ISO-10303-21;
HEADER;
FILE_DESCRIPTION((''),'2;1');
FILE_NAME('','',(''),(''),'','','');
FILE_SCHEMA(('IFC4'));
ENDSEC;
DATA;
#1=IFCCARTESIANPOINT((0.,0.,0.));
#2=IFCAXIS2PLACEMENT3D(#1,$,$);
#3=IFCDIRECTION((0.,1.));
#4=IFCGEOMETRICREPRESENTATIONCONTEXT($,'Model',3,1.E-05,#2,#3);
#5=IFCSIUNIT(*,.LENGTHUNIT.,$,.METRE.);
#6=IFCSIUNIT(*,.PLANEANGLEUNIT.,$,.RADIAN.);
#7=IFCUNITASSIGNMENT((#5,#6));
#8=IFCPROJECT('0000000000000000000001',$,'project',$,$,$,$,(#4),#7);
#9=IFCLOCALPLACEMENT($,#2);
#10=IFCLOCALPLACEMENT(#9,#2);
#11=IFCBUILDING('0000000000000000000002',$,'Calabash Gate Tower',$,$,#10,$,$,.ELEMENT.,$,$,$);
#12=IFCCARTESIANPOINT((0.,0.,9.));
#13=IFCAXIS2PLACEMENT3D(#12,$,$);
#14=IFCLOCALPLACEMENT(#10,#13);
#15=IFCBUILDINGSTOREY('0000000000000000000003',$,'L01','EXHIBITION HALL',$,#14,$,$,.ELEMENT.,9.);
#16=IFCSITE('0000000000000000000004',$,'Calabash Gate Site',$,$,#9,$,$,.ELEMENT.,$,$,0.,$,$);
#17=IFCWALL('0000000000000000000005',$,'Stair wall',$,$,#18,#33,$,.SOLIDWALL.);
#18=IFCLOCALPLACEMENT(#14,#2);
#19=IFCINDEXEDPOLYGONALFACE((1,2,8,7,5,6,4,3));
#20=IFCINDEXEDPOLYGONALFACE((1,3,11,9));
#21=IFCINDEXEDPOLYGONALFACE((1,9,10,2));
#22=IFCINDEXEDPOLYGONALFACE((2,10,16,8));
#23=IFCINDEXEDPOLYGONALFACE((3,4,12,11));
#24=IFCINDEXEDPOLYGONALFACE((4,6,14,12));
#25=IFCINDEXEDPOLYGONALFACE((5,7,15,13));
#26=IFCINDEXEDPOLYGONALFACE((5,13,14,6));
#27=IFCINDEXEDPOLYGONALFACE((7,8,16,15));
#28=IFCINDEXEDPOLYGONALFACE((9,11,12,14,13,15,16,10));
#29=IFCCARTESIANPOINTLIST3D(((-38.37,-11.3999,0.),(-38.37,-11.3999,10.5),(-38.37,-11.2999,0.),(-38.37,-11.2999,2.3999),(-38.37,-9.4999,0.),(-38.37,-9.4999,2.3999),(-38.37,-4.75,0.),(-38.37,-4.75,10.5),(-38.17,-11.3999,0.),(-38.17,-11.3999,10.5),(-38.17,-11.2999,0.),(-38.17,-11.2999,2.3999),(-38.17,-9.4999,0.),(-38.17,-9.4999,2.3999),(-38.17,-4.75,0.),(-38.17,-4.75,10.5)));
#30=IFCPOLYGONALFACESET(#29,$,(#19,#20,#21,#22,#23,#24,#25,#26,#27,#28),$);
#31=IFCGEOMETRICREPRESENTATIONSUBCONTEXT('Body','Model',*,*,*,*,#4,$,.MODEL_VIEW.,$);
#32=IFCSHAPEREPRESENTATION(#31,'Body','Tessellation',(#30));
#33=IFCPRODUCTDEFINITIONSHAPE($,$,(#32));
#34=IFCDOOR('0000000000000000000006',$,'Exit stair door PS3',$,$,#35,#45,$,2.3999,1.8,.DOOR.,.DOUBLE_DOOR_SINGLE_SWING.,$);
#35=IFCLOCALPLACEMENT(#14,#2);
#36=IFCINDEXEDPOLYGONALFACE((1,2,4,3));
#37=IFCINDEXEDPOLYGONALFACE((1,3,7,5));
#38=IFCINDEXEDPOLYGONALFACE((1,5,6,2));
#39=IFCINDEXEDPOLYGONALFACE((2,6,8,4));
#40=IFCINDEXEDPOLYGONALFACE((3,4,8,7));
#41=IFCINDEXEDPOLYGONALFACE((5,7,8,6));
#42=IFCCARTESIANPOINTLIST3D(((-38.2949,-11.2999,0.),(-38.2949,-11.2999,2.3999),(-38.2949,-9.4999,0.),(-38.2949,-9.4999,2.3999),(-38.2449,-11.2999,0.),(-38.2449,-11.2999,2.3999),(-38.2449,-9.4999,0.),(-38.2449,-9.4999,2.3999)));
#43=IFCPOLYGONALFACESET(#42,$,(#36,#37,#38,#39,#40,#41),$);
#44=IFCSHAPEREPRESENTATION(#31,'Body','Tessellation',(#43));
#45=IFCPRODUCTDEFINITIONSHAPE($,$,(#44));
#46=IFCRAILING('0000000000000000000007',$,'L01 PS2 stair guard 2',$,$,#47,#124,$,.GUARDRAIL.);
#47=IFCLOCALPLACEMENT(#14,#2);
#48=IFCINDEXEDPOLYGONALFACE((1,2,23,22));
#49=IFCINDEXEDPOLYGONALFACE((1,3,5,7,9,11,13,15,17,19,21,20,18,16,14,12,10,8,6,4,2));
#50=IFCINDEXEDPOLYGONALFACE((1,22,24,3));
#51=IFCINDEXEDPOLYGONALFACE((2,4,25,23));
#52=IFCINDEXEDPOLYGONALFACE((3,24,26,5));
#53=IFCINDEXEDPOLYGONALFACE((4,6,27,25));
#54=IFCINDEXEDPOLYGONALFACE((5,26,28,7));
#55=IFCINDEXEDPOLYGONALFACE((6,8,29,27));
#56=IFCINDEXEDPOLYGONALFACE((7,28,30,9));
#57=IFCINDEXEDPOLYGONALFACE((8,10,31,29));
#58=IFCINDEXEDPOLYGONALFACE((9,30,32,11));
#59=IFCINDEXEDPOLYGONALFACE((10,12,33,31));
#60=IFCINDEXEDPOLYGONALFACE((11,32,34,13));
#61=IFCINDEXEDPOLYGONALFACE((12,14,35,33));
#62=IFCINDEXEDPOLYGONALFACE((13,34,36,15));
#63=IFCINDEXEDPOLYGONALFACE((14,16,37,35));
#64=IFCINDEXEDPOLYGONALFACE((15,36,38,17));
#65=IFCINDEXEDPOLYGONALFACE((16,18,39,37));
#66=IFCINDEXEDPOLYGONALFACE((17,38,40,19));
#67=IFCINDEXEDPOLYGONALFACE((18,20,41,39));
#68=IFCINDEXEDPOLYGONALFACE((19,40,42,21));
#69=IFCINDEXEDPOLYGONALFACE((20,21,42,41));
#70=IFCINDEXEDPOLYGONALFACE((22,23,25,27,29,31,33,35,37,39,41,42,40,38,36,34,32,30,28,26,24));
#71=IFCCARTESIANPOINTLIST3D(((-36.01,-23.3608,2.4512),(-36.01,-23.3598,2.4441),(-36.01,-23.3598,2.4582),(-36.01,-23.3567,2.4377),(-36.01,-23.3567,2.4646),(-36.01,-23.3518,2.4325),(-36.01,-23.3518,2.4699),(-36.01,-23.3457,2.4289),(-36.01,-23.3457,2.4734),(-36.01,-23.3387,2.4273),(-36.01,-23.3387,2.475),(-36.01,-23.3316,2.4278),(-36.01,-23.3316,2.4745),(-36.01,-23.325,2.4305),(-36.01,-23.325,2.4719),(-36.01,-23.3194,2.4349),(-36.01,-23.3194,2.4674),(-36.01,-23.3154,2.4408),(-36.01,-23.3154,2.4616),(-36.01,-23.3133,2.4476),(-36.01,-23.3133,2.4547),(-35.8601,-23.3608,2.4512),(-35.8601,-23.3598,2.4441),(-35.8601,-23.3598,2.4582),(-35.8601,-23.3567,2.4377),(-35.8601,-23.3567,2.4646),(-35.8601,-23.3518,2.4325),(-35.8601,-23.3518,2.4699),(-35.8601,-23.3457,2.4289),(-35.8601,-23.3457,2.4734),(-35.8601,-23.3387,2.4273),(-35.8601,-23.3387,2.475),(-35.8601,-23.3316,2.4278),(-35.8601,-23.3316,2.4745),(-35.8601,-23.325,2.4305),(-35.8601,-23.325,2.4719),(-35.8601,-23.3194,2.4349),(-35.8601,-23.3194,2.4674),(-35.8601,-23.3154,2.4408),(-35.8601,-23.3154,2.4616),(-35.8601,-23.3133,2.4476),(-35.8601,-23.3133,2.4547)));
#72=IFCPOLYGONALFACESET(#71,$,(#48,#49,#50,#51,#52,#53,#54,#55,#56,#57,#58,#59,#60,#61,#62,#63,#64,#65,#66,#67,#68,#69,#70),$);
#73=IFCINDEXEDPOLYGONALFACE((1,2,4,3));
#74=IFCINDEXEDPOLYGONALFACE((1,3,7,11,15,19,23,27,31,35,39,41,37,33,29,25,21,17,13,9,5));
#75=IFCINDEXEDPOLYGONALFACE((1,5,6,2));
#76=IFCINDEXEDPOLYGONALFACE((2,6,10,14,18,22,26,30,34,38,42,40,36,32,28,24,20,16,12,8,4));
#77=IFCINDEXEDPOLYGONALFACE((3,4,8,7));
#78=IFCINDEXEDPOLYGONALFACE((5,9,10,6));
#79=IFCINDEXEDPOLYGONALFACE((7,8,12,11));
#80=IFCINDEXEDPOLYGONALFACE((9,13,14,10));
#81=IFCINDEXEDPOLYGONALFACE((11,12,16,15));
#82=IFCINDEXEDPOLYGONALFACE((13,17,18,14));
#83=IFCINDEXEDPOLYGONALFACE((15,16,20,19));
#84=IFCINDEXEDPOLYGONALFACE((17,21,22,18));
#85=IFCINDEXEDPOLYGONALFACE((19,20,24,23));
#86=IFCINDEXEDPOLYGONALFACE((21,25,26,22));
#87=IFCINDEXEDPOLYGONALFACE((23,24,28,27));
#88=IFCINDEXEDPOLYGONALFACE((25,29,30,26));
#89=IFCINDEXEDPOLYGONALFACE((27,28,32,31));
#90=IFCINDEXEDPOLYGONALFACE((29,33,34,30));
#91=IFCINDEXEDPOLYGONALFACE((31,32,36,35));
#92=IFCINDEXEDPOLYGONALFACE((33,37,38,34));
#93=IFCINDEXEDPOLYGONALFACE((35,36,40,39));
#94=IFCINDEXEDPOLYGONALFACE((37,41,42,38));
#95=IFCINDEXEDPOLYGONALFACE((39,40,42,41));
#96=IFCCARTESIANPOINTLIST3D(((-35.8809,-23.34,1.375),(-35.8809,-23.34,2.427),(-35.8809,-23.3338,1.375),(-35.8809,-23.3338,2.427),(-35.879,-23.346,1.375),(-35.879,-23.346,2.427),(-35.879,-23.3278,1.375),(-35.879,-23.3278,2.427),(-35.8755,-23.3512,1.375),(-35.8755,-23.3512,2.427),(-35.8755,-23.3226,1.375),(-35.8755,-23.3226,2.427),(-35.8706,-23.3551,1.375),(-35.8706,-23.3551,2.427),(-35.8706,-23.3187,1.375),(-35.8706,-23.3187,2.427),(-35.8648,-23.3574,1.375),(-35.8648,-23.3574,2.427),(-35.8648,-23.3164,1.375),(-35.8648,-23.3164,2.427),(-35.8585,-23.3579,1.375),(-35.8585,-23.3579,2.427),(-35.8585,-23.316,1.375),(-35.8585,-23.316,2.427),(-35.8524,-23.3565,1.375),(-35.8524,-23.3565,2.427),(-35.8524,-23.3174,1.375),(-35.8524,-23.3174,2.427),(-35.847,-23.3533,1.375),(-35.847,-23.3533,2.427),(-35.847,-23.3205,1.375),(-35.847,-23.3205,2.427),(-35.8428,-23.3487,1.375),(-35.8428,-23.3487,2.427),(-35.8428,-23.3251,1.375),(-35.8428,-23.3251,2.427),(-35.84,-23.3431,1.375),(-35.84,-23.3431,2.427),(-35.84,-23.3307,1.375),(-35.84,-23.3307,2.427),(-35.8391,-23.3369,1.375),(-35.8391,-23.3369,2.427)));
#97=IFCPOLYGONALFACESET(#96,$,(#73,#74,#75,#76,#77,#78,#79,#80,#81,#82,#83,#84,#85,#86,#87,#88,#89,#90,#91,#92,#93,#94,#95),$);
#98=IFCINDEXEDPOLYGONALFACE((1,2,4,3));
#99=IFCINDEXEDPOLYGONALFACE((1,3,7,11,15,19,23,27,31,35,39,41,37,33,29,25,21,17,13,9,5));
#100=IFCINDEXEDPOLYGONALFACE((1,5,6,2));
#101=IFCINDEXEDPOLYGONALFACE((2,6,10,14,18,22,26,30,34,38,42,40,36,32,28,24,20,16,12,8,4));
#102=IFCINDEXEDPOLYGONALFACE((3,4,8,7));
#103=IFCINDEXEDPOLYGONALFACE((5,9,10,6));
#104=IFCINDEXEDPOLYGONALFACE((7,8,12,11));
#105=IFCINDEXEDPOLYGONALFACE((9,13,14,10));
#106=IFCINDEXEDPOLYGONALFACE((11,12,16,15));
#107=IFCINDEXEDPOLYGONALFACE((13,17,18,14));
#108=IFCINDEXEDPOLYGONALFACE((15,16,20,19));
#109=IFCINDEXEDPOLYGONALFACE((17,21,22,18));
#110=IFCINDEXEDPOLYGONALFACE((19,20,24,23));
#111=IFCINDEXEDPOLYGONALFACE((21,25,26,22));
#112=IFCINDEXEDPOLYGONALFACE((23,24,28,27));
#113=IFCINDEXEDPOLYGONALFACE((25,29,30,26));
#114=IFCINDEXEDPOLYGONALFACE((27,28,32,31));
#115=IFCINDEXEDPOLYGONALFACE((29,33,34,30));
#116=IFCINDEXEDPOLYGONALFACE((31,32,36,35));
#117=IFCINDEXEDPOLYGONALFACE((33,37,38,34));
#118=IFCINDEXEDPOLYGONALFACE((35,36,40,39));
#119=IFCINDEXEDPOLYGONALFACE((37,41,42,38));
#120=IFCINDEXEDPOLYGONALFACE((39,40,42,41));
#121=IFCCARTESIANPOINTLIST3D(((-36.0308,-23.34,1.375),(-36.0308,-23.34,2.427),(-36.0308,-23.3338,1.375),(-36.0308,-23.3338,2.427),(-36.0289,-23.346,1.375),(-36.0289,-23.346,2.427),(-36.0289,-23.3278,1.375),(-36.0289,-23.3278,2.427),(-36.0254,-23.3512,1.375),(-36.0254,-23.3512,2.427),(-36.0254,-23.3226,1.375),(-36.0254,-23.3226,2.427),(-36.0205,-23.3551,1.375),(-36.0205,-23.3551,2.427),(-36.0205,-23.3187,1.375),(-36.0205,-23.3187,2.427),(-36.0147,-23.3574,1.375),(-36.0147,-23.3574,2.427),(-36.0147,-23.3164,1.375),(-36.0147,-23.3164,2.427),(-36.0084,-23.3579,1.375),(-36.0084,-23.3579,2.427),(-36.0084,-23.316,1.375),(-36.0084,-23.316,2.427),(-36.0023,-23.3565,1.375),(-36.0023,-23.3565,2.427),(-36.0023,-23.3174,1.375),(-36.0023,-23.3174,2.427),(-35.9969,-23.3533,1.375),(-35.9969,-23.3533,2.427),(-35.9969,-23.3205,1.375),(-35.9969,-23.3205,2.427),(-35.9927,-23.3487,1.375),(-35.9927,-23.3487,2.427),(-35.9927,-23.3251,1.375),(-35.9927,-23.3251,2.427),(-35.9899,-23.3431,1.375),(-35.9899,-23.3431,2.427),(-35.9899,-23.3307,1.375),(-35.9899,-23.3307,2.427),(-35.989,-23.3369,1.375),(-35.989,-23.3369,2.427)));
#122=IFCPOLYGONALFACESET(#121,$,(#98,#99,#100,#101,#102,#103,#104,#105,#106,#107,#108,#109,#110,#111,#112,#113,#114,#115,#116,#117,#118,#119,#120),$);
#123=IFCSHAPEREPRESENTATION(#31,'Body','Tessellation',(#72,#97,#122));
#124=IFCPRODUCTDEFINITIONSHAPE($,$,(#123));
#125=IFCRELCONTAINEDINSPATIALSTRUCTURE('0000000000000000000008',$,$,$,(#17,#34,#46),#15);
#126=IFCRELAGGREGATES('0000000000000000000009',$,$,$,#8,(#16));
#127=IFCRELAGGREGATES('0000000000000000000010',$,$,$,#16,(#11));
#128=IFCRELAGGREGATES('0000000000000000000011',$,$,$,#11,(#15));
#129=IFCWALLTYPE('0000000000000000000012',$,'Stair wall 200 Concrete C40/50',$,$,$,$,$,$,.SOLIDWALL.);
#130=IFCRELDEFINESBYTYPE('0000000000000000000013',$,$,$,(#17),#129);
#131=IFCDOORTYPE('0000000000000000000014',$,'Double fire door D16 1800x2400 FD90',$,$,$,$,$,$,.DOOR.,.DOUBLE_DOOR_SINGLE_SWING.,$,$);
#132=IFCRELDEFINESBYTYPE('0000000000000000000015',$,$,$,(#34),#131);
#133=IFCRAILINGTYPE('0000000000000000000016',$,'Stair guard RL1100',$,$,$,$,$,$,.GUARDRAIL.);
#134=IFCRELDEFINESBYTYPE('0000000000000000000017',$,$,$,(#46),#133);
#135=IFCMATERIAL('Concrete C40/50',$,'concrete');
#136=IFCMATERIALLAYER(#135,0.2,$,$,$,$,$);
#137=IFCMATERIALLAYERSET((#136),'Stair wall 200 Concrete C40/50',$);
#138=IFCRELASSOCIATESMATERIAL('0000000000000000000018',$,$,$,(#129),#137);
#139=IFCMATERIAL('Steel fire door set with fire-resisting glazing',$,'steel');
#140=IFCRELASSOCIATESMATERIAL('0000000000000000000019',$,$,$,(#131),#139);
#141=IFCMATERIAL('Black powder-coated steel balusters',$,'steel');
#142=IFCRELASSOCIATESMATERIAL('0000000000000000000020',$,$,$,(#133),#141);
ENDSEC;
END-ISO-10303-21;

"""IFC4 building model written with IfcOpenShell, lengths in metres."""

from ifc_helpers import new_model, si_unit, direction, frame, frame_2d, origin, origin_2d, place, context, subcontext, project, spatial, rectangle, circle, extrude, material, layer, layer_set, type_object, element, fill, save


model = new_model("IFC4")

# Units and contexts
model_context = context("Model", 3, precision=1e-05, world=origin(), true_north=direction((0.0, 1.0)))
body_context = subcontext(model_context, "Body", "Model", "MODEL_VIEW")
ifc_project = project(units=[si_unit("LENGTHUNIT", "METRE"), si_unit("PLANEANGLEUNIT", "RADIAN")], contexts=[model_context])

# Site, building, storey
site_placement = place(None, origin())
site = spatial("IfcSite", under=ifc_project, at=site_placement, Name="Calabash Gate Site", CompositionType="ELEMENT", RefElevation=0.0)
building_placement = place(site_placement, origin())
building = spatial("IfcBuilding", under=site, at=building_placement, Name="Calabash Gate Tower", CompositionType="ELEMENT")
storey_placement = place(building_placement, frame((0.0, 0.0, 9.0)))
storey = spatial("IfcBuildingStorey", under=building, at=storey_placement, Name="L01", Description="EXHIBITION HALL", CompositionType="ELEMENT", Elevation=9.0)

# Shared definitions
ifc_material_1 = material(Name="Concrete C40/50", Category="concrete")
ifc_layer_1 = layer(ifc_material_1, 0.2)
ifc_layer_set_1 = layer_set([ifc_layer_1], Name="Stair wall 200 Concrete C40/50")
wall_type_1 = type_object("IfcWallType", Name="Stair wall 200 Concrete C40/50", PredefinedType="SOLIDWALL", material=ifc_layer_set_1)

# Wall, opening, door
wall_1_placement = place(storey_placement, frame((-38.27, -11.3999, 0.0), z_axis=(0.0, 0.0, 1.0), x_axis=(0.0, 1.0, 0.0)))
wall_1 = element("IfcWall", 1, at=wall_1_placement, inside=storey, type_object=wall_type_1, Name="Stair wall", PredefinedType="SOLIDWALL", context=body_context, shape_type="SweptSolid", body=[
    extrude(rectangle(XDim=6.6499, YDim=0.2, at=frame_2d((3.325, 0.0))), origin(), (0.0, 0.0, 1.0), 10.5),
])
opening_placement = place(wall_1_placement, frame((0.1001, 0.0, 0.0)))
opening = element("IfcOpeningElement", 2, at=opening_placement, cuts=wall_1, PredefinedType="OPENING", context=body_context, shape_type="SweptSolid", body=[
    extrude(rectangle(XDim=1.8, YDim=2.3999, at=frame_2d((0.8999, 1.2))), frame((0.0, 0.1099, 0.0), z_axis=(0.0, -1.0, 0.0), x_axis=(1.0, 0.0, 0.0)), (0.0, 0.0, 1.0), 0.22),
])
ifc_material_2 = material(Name="Steel fire door set with fire-resisting glazing", Category="steel")
door_type = type_object("IfcDoorType", Name="Double fire door D16 1800x2400 FD90", OperationType="DOUBLE_DOOR_SINGLE_SWING", PredefinedType="DOOR", material=ifc_material_2)
door_placement = place(opening_placement, origin())
door = element("IfcDoor", 3, at=door_placement, inside=storey, type_object=door_type, Name="Exit stair door PS3", OperationType="DOUBLE_DOOR_SINGLE_SWING", OverallHeight=2.3999, OverallWidth=1.8, PredefinedType="DOOR", context=body_context, shape_type="SweptSolid", body=[
    extrude(rectangle(XDim=1.8, YDim=2.3999, at=frame_2d((0.8999, 1.2))), frame((0.0, 0.0249, 0.0), z_axis=(0.0, -1.0, 0.0), x_axis=(1.0, 0.0, 0.0)), (0.0, 0.0, 1.0), 0.05),
])
fill(opening, door)

# Railing
ifc_material_3 = material(Name="Black powder-coated steel balusters", Category="steel")
railing_type_1 = type_object("IfcRailingType", Name="Stair guard RL1100", PredefinedType="GUARDRAIL", material=ifc_material_3)
railing_1_placement = place(storey_placement, frame((-35.8601, -23.3369, 1.375)))
element("IfcRailing", 4, at=railing_1_placement, inside=storey, type_object=railing_type_1, Name="L01 PS2 stair guard 2", PredefinedType="GUARDRAIL", context=body_context, shape_type="SweptSolid", body=[
    extrude(circle(Radius=0.0239, at=origin_2d()), frame((0.0, 0.0, 1.0762), z_axis=(-1.0, 0.0, 0.0), x_axis=(0.0, -1.0, 0.0)), (0.0, 0.0, 1.0), 0.1499),
    extrude(circle(Radius=0.021, at=origin_2d()), origin(), (0.0, 0.0, 1.0), 1.052),
    extrude(circle(Radius=0.021, at=origin_2d()), frame((-0.1499, 0.0, 0.0)), (0.0, 0.0, 1.0), 1.052),
])

save(model, "model.ifc")
